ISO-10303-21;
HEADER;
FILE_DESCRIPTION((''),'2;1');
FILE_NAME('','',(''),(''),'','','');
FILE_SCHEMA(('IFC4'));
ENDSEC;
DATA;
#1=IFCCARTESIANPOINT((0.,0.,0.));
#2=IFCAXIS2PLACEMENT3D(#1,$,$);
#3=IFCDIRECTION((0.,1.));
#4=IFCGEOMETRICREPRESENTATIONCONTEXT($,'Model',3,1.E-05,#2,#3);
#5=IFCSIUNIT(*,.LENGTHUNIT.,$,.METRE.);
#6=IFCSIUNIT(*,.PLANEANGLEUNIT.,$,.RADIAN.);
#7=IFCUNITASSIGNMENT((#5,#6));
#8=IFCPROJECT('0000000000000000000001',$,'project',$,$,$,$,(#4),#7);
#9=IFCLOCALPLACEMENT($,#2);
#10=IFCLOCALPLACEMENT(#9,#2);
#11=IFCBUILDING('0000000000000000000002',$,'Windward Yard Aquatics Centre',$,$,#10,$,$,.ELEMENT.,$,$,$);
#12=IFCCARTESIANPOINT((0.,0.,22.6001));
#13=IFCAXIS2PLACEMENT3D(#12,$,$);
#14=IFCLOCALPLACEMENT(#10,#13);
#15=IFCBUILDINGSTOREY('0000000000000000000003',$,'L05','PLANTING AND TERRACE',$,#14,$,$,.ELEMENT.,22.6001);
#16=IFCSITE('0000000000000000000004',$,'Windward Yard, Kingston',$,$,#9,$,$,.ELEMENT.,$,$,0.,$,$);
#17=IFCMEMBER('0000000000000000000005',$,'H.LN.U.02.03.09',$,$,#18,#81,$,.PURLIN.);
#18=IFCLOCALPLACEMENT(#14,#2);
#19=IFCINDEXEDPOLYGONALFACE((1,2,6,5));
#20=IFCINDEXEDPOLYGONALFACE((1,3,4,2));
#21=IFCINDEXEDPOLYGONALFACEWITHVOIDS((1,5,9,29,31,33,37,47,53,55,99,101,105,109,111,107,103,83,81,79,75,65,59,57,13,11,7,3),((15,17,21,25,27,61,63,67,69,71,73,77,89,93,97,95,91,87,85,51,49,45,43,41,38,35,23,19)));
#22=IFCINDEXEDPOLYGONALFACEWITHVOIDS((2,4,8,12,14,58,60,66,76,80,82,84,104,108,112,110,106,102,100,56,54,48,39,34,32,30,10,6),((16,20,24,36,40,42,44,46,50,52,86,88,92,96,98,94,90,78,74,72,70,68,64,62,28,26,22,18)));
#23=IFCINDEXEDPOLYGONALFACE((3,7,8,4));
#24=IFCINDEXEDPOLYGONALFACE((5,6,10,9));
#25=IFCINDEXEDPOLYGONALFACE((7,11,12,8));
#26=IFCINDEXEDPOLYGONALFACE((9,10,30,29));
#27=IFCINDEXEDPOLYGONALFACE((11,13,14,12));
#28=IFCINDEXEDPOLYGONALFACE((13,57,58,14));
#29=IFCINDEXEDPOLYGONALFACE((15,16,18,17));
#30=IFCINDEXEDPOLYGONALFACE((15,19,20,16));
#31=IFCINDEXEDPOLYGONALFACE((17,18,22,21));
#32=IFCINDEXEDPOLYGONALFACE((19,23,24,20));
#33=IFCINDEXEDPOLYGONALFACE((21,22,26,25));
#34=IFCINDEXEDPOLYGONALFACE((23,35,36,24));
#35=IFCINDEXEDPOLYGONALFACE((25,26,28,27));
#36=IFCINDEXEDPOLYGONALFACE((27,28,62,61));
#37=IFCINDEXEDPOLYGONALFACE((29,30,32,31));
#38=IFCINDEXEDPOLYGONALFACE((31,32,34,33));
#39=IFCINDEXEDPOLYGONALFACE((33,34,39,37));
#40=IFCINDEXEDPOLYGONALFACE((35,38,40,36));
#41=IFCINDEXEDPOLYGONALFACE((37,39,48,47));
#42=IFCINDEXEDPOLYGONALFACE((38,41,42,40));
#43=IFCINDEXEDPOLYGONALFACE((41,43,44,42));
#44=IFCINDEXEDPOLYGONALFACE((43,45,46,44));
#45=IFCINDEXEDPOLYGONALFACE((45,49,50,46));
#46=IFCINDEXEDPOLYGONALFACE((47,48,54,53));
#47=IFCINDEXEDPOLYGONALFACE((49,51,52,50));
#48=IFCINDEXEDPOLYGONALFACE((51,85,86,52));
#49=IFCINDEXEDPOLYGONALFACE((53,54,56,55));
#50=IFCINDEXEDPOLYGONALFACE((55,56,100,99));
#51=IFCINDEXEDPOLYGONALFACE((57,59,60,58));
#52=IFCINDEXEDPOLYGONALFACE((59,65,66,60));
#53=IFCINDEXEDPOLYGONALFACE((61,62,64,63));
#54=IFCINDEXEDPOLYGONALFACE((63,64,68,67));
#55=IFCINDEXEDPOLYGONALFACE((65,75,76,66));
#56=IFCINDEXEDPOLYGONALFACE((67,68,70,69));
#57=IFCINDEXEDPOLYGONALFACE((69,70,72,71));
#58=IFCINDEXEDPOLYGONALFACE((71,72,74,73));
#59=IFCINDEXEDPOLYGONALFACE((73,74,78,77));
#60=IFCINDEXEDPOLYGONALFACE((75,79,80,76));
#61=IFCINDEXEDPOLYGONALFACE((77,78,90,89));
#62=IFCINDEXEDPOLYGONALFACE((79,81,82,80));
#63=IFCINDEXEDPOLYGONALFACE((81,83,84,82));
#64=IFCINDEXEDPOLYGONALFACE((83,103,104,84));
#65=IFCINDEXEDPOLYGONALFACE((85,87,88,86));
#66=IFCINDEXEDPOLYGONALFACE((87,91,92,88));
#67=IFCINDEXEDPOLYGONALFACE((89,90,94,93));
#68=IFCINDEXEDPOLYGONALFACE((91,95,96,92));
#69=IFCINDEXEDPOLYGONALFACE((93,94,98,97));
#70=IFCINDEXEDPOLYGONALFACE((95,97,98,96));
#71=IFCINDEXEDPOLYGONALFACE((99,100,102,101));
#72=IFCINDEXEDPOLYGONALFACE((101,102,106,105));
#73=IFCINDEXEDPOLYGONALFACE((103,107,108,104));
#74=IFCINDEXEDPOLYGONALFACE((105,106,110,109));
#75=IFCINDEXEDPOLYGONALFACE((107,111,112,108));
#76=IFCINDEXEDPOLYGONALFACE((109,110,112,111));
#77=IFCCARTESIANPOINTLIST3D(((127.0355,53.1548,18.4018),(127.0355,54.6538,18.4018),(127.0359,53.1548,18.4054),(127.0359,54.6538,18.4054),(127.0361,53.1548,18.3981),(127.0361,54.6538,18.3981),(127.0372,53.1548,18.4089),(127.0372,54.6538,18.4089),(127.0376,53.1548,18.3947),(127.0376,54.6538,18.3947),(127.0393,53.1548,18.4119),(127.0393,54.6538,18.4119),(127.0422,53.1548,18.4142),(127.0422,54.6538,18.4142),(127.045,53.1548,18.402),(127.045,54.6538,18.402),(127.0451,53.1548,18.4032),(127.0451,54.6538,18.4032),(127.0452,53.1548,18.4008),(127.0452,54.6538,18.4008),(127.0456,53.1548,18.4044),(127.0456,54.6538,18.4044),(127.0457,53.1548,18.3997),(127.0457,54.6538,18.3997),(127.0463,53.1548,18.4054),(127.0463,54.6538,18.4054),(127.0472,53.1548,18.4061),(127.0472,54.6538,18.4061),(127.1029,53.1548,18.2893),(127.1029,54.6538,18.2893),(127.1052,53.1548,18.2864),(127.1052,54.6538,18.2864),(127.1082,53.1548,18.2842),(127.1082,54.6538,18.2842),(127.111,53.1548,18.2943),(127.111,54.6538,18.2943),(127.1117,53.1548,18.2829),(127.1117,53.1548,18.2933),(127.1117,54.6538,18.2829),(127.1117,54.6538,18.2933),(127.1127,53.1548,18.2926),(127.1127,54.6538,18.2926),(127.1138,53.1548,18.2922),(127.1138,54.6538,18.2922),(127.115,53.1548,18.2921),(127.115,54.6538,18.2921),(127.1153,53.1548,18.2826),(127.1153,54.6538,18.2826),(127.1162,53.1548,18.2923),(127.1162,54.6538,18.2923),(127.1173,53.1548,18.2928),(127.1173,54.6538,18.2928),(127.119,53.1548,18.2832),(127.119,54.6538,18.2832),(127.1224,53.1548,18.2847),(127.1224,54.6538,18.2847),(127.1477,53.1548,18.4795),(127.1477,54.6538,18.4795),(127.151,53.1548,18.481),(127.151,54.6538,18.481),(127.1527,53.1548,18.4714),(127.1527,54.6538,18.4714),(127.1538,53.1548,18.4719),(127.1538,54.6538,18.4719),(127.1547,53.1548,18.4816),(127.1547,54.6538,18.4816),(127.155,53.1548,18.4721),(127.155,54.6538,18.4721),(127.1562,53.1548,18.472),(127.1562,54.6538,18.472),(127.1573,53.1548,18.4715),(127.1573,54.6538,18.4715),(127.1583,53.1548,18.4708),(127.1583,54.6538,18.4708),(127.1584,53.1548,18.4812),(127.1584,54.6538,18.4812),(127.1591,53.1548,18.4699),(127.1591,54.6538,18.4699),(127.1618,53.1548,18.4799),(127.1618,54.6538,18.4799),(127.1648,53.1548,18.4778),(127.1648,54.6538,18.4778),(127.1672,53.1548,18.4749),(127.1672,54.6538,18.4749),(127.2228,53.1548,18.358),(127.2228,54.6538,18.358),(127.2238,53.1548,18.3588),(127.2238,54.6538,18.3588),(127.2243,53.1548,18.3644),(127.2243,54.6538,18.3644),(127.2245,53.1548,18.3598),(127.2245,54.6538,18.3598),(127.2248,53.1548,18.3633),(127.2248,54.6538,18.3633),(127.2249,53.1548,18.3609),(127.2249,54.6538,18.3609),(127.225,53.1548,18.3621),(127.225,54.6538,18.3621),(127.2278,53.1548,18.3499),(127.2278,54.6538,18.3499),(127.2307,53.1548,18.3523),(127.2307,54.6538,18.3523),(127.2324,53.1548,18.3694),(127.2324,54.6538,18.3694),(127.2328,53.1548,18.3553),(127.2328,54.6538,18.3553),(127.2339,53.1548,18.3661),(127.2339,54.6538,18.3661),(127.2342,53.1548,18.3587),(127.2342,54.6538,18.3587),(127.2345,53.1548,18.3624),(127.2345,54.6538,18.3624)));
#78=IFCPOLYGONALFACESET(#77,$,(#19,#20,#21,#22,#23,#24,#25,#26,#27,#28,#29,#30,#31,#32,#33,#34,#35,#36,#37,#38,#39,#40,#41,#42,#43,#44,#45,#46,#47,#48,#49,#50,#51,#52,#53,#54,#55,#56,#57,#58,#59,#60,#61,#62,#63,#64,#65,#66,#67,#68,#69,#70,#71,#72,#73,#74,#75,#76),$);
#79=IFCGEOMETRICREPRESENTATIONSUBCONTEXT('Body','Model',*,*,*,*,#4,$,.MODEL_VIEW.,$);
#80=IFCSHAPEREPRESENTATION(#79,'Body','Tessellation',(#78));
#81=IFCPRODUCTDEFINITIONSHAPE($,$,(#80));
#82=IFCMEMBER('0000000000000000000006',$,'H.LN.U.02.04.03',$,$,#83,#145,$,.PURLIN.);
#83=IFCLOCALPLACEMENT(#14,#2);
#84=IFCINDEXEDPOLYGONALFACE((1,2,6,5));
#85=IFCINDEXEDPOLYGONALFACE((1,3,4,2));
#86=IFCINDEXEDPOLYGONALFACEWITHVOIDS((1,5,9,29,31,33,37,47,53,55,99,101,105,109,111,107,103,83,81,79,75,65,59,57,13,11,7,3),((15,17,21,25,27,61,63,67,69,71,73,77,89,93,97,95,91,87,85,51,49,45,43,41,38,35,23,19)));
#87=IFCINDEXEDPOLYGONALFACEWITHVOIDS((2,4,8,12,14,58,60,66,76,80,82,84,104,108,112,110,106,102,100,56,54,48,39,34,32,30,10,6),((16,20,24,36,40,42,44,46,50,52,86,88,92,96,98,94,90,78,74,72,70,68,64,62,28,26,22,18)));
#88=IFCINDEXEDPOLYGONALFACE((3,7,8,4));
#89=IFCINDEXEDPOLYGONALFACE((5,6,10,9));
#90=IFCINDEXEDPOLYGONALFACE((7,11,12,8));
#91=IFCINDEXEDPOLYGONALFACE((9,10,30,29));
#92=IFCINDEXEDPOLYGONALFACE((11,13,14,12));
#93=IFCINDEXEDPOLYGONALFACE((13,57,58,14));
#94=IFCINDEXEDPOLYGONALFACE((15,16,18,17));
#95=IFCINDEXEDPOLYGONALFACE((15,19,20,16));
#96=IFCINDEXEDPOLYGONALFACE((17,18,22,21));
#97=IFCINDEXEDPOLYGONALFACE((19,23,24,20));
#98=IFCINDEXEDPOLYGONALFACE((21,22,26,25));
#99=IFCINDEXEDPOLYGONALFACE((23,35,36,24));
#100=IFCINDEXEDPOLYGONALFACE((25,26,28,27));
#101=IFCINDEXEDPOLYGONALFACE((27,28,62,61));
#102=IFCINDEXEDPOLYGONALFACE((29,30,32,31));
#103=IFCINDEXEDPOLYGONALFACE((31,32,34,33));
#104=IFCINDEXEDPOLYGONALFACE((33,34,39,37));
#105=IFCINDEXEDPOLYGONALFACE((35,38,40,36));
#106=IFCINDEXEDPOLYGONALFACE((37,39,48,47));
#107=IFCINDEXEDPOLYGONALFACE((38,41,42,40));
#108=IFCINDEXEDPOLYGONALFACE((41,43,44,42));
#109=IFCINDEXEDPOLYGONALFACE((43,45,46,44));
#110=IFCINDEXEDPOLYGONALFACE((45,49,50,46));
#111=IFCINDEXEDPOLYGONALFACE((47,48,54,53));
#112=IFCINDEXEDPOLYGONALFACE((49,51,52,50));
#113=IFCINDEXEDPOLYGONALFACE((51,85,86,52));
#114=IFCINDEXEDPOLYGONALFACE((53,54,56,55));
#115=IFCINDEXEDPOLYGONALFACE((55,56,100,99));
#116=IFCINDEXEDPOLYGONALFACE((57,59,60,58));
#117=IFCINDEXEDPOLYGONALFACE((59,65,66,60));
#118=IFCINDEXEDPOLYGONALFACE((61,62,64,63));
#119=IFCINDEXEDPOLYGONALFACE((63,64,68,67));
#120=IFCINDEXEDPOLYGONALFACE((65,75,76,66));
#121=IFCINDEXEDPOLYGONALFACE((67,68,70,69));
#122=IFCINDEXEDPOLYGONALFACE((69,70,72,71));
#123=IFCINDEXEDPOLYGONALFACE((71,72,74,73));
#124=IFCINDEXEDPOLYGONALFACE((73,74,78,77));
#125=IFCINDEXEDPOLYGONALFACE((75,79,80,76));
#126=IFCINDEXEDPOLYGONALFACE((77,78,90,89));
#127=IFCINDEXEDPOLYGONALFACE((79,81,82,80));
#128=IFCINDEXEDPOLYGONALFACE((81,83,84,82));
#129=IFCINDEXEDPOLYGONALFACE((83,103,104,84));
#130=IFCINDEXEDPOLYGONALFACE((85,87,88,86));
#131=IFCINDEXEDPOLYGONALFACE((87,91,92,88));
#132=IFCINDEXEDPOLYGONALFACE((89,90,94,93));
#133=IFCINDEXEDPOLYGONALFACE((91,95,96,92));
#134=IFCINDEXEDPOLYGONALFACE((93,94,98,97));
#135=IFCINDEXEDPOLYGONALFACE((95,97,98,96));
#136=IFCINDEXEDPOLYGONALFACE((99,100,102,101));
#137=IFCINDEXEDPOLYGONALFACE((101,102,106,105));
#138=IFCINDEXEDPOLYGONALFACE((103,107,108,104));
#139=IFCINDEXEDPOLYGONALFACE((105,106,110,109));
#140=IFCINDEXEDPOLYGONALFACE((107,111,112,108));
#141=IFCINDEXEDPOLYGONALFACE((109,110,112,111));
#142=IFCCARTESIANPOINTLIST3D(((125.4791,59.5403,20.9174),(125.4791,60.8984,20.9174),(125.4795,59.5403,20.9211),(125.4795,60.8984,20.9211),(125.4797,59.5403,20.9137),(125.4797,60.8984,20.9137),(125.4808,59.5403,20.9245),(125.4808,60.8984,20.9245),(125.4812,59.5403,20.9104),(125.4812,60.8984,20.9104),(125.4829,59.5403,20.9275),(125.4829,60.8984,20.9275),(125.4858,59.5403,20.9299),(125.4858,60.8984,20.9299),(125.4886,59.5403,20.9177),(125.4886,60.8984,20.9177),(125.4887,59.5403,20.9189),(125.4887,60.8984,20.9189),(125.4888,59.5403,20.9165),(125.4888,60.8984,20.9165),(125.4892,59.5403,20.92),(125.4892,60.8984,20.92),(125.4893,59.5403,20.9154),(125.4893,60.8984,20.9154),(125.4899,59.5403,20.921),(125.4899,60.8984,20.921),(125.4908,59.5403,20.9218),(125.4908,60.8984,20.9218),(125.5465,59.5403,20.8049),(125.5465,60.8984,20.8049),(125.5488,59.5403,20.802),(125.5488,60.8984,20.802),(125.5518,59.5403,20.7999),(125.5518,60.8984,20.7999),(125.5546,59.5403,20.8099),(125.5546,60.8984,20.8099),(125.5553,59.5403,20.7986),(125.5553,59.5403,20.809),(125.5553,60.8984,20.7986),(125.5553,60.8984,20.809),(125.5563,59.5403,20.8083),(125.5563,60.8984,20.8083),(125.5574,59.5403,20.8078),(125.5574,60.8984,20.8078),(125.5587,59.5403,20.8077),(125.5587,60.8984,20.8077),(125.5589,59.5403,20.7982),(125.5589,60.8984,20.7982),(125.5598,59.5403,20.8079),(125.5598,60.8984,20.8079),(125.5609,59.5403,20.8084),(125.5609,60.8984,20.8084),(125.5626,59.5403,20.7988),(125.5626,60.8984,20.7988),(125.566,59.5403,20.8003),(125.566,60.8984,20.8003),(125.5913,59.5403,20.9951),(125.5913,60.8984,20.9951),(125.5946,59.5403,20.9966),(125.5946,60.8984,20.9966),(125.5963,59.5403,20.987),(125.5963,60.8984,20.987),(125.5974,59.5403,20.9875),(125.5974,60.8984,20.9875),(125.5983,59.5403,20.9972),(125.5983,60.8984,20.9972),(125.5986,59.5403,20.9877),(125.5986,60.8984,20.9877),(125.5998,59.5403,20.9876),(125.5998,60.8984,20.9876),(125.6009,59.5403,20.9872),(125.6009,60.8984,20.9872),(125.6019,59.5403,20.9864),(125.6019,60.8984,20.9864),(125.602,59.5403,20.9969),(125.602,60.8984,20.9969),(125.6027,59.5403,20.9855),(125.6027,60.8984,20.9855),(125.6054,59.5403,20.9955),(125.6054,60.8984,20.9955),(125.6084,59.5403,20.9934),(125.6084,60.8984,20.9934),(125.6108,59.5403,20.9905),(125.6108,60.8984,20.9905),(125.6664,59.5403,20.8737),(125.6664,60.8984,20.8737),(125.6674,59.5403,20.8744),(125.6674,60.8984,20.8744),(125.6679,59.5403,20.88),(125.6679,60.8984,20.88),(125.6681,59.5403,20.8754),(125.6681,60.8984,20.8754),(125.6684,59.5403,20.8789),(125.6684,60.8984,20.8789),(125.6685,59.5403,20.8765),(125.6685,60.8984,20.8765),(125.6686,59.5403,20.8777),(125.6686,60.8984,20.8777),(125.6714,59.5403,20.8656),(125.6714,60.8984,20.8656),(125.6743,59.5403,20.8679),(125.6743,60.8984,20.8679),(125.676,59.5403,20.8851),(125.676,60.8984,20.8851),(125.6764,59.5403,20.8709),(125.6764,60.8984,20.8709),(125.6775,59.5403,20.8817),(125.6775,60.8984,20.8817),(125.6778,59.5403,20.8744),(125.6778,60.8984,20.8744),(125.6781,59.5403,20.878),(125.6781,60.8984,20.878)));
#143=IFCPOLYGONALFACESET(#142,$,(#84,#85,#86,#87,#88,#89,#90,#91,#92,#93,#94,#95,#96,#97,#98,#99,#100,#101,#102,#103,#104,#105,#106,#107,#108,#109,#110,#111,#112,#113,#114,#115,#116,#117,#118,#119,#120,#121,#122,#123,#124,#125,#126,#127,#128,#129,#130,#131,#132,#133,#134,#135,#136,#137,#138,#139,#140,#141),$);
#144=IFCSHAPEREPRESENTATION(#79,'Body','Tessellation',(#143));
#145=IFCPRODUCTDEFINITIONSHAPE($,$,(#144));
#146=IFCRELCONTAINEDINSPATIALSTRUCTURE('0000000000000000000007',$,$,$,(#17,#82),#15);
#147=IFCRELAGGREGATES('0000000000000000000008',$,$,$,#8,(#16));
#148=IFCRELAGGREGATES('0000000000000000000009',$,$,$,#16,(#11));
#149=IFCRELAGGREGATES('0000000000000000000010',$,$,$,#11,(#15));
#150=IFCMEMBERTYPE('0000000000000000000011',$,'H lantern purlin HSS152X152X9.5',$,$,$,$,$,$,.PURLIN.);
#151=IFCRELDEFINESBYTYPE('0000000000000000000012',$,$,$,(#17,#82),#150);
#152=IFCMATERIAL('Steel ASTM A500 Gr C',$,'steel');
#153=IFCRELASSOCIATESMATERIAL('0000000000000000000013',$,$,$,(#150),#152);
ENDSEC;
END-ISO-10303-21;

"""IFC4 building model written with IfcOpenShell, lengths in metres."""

from ifc_helpers import new_model, si_unit, direction, frame, origin, origin_2d, place, context, subcontext, project, spatial, hollow_rectangle, extrude, material, material_profile, profile_set, type_object, element, save


model = new_model("IFC4")

# Units and contexts
model_context = context("Model", 3, precision=1e-05, world=origin(), true_north=direction((0.0, 1.0)))
body_context = subcontext(model_context, "Body", "Model", "MODEL_VIEW")
ifc_project = project(units=[si_unit("LENGTHUNIT", "METRE"), si_unit("PLANEANGLEUNIT", "RADIAN")], contexts=[model_context])

# Site, building, storey
site_placement = place(None, origin())
site = spatial("IfcSite", under=ifc_project, at=site_placement, Name="Windward Yard, Kingston", CompositionType="ELEMENT", RefElevation=0.0)
building_placement = place(site_placement, origin())
building = spatial("IfcBuilding", under=site, at=building_placement, Name="Windward Yard Aquatics Centre", CompositionType="ELEMENT")
storey_placement = place(building_placement, frame((0.0, 0.0, 22.6001)))
storey = spatial("IfcBuildingStorey", under=building, at=storey_placement, Name="L05", Description="PLANTING AND TERRACE", CompositionType="ELEMENT", Elevation=22.6001)

# Members
ifc_material_1 = material(Name="Steel ASTM A500 Gr C", Category="steel")
ifc_material_profile = material_profile(ifc_material_1, hollow_rectangle(XDim=0.1523, YDim=0.1523, WallThickness=0.0095, InnerFilletRadius=0.0046, OuterFilletRadius=0.0142, at=origin_2d()), Name="HSS152X152X9.5")
ifc_profile_set = profile_set([ifc_material_profile], Name="Steel ASTM A500 Gr C")
member_type = type_object("IfcMemberType", Name="H lantern purlin HSS152X152X9.5", PredefinedType="PURLIN", material=ifc_profile_set)
member_1_placement = place(storey_placement, frame((127.135, 54.6538, 18.3821), z_axis=(0.0, -1.0, 0.0), x_axis=(0.526172, 0.0, -0.850378)))
element("IfcMember", 1, at=member_1_placement, inside=storey, type_object=member_type, Name="H.LN.U.02.03.09", PredefinedType="PURLIN", context=body_context, shape_type="SweptSolid", body=[
    extrude(hollow_rectangle(XDim=0.1523, YDim=0.1523, WallThickness=0.0095, InnerFilletRadius=0.0046, OuterFilletRadius=0.0142, at=origin_2d()), origin(), (0.0, 0.0, 1.0), 1.499),
])
member_2_placement = place(storey_placement, frame((125.5786, 60.8984, 20.8977), z_axis=(0.0, -1.0, 0.0), x_axis=(0.526172, 0.0, -0.850378)))
element("IfcMember", 2, at=member_2_placement, inside=storey, type_object=member_type, Name="H.LN.U.02.04.03", PredefinedType="PURLIN", context=body_context, shape_type="SweptSolid", body=[
    extrude(hollow_rectangle(XDim=0.1523, YDim=0.1523, WallThickness=0.0095, InnerFilletRadius=0.0046, OuterFilletRadius=0.0142, at=origin_2d()), origin(), (0.0, 0.0, 1.0), 1.3582),
])

save(model, "model.ifc")
